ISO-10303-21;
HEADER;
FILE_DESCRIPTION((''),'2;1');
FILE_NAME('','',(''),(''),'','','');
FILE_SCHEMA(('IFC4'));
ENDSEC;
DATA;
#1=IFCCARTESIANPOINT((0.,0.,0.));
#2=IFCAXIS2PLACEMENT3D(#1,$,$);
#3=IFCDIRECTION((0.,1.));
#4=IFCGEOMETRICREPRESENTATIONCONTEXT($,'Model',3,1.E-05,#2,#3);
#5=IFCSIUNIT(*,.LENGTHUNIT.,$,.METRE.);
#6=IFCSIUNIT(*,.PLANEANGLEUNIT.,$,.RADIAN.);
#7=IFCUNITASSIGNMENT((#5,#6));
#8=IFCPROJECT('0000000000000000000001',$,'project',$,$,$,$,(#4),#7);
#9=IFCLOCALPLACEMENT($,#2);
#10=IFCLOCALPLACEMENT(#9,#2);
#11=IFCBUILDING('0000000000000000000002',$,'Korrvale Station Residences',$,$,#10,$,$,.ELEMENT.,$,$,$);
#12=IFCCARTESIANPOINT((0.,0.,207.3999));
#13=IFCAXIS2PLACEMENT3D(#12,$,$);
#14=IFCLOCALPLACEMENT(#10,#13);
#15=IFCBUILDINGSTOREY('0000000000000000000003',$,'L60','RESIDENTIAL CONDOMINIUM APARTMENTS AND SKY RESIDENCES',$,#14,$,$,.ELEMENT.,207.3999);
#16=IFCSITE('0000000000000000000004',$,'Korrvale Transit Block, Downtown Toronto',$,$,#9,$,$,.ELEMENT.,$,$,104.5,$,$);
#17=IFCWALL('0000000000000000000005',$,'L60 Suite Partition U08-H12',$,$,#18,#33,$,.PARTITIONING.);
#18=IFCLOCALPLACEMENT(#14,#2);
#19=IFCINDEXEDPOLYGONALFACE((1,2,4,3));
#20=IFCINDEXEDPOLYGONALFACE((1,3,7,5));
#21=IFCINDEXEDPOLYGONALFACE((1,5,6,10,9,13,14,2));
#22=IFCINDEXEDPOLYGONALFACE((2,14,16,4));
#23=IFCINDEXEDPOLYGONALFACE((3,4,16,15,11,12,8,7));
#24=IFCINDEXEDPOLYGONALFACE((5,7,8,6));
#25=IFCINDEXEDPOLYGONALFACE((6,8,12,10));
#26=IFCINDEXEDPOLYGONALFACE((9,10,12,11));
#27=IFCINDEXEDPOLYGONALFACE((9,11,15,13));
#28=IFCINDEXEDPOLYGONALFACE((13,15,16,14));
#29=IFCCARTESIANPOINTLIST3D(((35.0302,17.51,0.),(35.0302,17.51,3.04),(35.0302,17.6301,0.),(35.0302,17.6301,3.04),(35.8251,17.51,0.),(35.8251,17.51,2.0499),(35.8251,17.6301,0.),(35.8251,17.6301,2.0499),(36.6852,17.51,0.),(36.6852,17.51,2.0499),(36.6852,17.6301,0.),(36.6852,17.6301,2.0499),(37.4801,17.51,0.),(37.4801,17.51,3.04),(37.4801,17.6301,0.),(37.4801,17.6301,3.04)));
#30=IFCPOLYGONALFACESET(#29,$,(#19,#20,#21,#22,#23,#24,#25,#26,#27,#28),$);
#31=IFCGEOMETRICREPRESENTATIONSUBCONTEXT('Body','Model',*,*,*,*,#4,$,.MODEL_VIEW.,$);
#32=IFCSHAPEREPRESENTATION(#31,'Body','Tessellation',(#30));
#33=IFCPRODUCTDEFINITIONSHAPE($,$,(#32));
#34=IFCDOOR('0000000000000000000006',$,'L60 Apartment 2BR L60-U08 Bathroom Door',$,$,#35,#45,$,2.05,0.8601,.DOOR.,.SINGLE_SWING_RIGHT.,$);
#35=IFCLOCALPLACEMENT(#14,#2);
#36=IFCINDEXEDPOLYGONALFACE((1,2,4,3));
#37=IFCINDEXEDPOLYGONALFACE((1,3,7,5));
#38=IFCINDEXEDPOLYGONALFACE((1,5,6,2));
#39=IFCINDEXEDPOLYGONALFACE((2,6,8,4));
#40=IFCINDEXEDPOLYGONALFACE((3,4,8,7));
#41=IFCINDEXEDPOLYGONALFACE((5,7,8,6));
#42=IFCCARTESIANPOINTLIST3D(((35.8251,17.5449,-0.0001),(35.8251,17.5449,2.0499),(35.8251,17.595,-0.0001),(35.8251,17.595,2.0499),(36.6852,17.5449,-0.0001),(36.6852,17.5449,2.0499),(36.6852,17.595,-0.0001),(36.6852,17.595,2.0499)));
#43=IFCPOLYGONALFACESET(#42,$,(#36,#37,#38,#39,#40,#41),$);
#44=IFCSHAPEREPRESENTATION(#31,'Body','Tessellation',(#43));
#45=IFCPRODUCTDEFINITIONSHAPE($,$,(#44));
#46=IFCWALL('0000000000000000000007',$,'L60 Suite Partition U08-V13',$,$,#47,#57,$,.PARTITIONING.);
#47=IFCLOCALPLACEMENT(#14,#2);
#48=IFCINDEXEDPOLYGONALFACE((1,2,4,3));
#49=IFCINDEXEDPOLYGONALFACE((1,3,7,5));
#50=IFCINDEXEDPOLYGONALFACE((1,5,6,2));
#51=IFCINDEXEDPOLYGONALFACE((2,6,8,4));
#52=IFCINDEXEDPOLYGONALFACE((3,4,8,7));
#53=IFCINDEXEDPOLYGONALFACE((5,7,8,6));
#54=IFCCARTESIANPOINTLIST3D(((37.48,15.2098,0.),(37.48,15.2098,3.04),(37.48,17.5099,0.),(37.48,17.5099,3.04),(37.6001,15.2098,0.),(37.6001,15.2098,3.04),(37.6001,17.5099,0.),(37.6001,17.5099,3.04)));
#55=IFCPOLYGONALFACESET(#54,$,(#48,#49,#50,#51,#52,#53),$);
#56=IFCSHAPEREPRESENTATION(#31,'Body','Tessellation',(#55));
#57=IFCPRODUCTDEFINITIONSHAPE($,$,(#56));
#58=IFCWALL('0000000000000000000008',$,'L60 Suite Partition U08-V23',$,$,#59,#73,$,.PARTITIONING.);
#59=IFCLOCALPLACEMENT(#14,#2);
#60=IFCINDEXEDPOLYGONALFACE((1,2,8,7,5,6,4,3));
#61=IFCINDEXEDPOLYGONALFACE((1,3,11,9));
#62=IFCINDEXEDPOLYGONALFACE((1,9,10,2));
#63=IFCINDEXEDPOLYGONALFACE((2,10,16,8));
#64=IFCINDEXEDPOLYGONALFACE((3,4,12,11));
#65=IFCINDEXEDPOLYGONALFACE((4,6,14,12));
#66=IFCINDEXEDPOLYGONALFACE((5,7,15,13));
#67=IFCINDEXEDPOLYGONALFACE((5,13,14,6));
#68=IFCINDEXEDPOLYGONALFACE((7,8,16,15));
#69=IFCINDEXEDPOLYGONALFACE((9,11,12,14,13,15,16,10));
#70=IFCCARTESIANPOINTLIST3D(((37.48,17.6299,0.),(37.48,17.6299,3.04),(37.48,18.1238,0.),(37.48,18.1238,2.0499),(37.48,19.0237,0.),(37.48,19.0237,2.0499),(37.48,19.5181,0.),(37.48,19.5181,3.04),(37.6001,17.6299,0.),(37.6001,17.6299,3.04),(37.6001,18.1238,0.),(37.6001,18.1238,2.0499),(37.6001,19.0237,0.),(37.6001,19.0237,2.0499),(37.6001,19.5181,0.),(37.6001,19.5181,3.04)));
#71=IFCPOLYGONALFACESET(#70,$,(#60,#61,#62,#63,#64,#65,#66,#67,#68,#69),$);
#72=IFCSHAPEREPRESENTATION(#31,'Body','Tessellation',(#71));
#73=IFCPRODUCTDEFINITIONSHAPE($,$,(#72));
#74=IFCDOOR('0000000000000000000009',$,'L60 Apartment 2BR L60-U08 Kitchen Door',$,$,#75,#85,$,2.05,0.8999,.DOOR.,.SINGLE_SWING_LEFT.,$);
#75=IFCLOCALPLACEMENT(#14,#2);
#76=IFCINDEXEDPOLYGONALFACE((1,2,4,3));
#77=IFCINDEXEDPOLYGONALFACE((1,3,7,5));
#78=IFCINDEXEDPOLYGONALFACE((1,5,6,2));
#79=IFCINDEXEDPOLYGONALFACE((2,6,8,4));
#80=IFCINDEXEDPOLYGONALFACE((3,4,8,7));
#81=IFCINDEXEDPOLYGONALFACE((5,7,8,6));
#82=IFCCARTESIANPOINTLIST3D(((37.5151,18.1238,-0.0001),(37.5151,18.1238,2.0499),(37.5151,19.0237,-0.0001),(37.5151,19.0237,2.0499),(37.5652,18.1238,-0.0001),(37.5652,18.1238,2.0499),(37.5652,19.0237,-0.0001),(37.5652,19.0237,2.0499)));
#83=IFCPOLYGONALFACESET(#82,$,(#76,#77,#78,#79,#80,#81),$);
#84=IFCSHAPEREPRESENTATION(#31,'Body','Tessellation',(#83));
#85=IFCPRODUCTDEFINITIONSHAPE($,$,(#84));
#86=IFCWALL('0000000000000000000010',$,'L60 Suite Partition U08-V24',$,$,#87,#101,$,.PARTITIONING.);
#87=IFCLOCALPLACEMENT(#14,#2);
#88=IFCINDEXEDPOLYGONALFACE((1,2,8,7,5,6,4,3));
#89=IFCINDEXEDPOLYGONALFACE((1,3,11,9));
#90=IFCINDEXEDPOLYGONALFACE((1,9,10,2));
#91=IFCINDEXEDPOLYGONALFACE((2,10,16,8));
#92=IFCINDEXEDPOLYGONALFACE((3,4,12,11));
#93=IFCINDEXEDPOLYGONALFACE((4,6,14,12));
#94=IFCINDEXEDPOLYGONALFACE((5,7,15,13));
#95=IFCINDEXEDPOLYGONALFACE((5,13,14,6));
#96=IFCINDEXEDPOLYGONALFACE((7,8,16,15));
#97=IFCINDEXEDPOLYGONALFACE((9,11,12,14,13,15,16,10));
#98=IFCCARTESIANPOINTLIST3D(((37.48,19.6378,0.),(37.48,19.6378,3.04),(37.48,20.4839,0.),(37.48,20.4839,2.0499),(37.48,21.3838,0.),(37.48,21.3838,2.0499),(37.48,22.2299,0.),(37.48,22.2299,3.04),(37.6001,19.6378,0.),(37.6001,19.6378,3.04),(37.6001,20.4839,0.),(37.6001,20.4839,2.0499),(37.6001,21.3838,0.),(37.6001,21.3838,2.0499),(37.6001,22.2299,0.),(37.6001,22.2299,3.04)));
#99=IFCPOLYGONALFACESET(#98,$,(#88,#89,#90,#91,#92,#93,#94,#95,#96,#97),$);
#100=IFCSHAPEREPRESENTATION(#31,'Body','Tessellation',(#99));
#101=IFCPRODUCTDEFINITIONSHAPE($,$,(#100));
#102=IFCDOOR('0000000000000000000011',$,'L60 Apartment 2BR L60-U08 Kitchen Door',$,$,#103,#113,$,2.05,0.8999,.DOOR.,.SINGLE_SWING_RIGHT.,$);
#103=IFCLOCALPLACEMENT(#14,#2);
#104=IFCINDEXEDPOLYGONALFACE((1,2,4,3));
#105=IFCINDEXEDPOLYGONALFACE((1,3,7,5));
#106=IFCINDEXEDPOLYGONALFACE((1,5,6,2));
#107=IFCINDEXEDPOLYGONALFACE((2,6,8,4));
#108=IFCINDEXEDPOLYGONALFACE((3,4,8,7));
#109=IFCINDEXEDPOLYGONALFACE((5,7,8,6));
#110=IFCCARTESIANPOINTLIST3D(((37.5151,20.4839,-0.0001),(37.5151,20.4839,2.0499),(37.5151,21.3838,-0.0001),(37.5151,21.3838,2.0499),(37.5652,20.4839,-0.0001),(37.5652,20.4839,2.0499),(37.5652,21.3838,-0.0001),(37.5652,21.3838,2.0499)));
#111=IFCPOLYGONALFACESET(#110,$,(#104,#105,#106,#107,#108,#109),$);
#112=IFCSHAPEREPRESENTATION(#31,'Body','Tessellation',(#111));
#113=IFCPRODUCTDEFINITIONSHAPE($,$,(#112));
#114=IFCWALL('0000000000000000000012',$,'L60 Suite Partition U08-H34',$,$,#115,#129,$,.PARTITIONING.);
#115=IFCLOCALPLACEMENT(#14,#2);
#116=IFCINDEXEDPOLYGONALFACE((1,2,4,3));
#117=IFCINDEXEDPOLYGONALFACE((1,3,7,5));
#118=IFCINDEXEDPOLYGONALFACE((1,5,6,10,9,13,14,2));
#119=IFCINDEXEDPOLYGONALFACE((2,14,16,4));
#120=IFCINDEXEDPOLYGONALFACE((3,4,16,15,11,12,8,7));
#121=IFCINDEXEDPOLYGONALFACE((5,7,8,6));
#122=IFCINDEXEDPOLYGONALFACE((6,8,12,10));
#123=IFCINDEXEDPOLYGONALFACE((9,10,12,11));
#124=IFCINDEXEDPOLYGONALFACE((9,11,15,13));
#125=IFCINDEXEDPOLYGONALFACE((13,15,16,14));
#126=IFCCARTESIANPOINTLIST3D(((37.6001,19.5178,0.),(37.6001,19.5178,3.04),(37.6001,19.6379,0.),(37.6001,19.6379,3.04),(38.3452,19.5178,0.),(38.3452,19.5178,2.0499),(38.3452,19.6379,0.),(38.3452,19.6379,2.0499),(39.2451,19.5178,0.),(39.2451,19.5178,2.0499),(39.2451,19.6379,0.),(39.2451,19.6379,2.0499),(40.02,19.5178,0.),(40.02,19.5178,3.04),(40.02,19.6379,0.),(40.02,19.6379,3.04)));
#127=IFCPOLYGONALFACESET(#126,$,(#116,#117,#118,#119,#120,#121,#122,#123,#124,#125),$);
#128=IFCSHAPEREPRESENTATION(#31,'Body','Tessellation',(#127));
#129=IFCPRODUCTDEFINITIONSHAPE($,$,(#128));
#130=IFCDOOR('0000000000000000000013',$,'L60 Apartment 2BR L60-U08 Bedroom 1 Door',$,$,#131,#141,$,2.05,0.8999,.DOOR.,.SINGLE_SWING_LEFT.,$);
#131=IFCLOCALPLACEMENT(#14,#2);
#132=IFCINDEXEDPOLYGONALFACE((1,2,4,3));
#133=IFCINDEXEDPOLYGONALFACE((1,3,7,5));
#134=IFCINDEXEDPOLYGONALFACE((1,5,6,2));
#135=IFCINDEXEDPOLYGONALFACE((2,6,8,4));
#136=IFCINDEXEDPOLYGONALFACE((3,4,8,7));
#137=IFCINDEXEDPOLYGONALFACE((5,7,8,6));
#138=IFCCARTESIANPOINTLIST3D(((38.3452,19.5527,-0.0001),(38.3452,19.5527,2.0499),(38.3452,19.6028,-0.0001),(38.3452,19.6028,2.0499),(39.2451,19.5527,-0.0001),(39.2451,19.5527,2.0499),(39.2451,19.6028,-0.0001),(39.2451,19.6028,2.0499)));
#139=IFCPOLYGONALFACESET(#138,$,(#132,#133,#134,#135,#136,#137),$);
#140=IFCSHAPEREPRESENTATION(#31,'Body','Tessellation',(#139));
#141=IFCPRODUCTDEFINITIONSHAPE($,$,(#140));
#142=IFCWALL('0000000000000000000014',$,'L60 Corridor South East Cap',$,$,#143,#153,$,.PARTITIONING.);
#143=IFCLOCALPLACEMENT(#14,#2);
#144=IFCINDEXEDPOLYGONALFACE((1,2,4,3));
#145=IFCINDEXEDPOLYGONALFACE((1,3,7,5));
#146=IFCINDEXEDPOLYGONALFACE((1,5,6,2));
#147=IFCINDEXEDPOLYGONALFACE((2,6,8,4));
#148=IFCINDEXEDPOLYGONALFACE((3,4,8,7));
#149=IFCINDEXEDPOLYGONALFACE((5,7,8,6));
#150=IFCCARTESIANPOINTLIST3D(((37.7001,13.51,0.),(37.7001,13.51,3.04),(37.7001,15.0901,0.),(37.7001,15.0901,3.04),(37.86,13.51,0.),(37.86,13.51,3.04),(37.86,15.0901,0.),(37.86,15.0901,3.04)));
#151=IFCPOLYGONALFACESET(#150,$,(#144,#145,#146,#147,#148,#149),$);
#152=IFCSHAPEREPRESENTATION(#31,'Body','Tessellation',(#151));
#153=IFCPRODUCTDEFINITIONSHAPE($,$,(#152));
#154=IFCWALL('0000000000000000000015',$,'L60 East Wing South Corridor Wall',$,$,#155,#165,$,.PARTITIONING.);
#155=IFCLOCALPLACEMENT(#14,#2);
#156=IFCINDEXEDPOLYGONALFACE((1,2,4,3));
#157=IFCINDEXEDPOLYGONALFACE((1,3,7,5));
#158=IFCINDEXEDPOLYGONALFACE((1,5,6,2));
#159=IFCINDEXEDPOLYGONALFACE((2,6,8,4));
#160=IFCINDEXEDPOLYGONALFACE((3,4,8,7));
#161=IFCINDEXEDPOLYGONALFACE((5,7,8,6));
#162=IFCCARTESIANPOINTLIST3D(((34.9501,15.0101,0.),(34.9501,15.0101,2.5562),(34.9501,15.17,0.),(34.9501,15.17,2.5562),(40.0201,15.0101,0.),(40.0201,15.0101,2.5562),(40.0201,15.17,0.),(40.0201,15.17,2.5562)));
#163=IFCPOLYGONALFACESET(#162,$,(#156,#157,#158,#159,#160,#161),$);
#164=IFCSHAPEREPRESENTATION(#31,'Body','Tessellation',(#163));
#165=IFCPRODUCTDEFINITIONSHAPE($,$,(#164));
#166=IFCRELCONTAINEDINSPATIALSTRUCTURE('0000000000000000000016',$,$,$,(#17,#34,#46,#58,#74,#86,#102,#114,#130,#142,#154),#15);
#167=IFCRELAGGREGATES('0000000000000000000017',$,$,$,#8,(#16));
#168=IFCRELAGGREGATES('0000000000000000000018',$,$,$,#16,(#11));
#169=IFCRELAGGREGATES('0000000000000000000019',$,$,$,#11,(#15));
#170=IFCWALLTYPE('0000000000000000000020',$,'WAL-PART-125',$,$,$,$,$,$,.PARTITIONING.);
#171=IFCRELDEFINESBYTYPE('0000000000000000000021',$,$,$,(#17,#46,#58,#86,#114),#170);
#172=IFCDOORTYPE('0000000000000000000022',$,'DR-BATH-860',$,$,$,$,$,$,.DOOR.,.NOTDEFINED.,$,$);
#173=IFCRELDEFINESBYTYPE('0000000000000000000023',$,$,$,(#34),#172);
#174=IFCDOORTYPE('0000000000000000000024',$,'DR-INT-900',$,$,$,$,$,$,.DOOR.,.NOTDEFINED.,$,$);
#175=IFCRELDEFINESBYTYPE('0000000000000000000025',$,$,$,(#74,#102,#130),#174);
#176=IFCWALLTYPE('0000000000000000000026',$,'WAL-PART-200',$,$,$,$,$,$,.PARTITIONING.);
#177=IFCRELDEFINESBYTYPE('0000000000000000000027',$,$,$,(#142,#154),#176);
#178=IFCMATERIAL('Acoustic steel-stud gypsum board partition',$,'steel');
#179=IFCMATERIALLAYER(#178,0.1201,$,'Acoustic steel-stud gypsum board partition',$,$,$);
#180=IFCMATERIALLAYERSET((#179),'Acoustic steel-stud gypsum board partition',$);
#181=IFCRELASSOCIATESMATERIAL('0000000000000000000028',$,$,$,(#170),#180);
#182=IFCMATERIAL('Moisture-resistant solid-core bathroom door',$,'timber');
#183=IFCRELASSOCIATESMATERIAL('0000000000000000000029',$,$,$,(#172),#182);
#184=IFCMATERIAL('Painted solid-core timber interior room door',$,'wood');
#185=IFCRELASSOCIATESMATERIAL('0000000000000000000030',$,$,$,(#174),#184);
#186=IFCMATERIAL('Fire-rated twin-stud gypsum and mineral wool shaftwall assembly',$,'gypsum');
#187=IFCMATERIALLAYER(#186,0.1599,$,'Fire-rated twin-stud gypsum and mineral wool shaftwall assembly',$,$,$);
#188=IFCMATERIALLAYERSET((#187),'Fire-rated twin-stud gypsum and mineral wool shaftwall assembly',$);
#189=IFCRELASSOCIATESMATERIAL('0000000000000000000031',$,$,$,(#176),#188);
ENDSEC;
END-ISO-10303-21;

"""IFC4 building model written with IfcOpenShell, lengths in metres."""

from ifc_helpers import new_model, si_unit, direction, frame, frame_2d, origin, place, context, subcontext, project, spatial, rectangle, extrude, material, layer, layer_set, type_object, element, fill, save


model = new_model("IFC4")

# Units and contexts
model_context = context("Model", 3, precision=1e-05, world=origin(), true_north=direction((0.0, 1.0)))
body_context = subcontext(model_context, "Body", "Model", "MODEL_VIEW")
ifc_project = project(units=[si_unit("LENGTHUNIT", "METRE"), si_unit("PLANEANGLEUNIT", "RADIAN")], contexts=[model_context])

# Site, building, storey
site_placement = place(None, origin())
site = spatial("IfcSite", under=ifc_project, at=site_placement, Name="Korrvale Transit Block, Downtown Toronto", CompositionType="ELEMENT", RefElevation=104.5)
building_placement = place(site_placement, origin())
building = spatial("IfcBuilding", under=site, at=building_placement, Name="Korrvale Station Residences", CompositionType="ELEMENT")
storey_placement = place(building_placement, frame((0.0, 0.0, 207.3999)))
storey = spatial("IfcBuildingStorey", under=building, at=storey_placement, Name="L60", Description="RESIDENTIAL CONDOMINIUM APARTMENTS AND SKY RESIDENCES", CompositionType="ELEMENT", Elevation=207.3999)

# Wall, opening, door
ifc_material_1 = material(Name="Acoustic steel-stud gypsum board partition", Category="steel")
ifc_layer_1 = layer(ifc_material_1, 0.1201, Name="Acoustic steel-stud gypsum board partition")
ifc_layer_set_1 = layer_set([ifc_layer_1], Name="Acoustic steel-stud gypsum board partition")
wall_type_1 = type_object("IfcWallType", Name="WAL-PART-125", PredefinedType="PARTITIONING", material=ifc_layer_set_1)
wall_1_placement = place(storey_placement, frame((35.03, 17.5701, 0.0), z_axis=(0.0, 0.0, 1.0), x_axis=(1.0, 0.0, 0.0)))
wall_1 = element("IfcWall", 1, at=wall_1_placement, inside=storey, type_object=wall_type_1, Name="L60 Suite Partition U08-H12", PredefinedType="PARTITIONING", context=body_context, shape_type="SweptSolid", body=[
    extrude(rectangle(XDim=2.45, YDim=0.1201, at=frame_2d((1.2251, 0.0))), origin(), (0.0, 0.0, 1.0), 3.04),
])
opening_1_placement = place(wall_1_placement, frame((0.7949, 0.0, 0.0)))
opening_1 = element("IfcOpeningElement", 2, at=opening_1_placement, cuts=wall_1, PredefinedType="OPENING", context=body_context, shape_type="SweptSolid", body=[
    extrude(rectangle(XDim=0.8601, YDim=2.05, at=frame_2d((0.4302, 1.0249))), frame((0.0, 0.0701, 0.0), z_axis=(0.0, -1.0, 0.0), x_axis=(1.0, 0.0, 0.0)), (0.0, 0.0, 1.0), 0.1401),
])
ifc_material_2 = material(Name="Moisture-resistant solid-core bathroom door", Category="timber")
door_type_1 = type_object("IfcDoorType", Name="DR-BATH-860", OperationType="NOTDEFINED", PredefinedType="DOOR", material=ifc_material_2)
door_1_placement = place(opening_1_placement, origin())
door_1 = element("IfcDoor", 3, at=door_1_placement, inside=storey, type_object=door_type_1, Name="L60 Apartment 2BR L60-U08 Bathroom Door", OperationType="SINGLE_SWING_RIGHT", OverallHeight=2.05, OverallWidth=0.8601, PredefinedType="DOOR", context=body_context, shape_type="SweptSolid", body=[
    extrude(rectangle(XDim=0.8601, YDim=2.05, at=frame_2d((0.4302, 1.0249))), frame((0.0, 0.0249, 0.0), z_axis=(0.0, -1.0, 0.0), x_axis=(1.0, 0.0, 0.0)), (0.0, 0.0, 1.0), 0.05),
])
fill(opening_1, door_1)

# Wall
wall_2_placement = place(storey_placement, frame((37.54, 15.21, 0.0), z_axis=(0.0, 0.0, 1.0), x_axis=(0.0, 1.0, 0.0)))
element("IfcWall", 4, at=wall_2_placement, inside=storey, type_object=wall_type_1, Name="L60 Suite Partition U08-V13", PredefinedType="PARTITIONING", context=body_context, shape_type="SweptSolid", body=[
    extrude(rectangle(XDim=2.3, YDim=0.1201, at=frame_2d((1.1499, 0.0))), origin(), (0.0, 0.0, 1.0), 3.04),
])

# Walls, openings, doors
wall_3_placement = place(storey_placement, frame((37.54, 17.6299, 0.0), z_axis=(0.0, 0.0, 1.0), x_axis=(0.0, 1.0, 0.0)))
wall_3 = element("IfcWall", 5, at=wall_3_placement, inside=storey, type_object=wall_type_1, Name="L60 Suite Partition U08-V23", PredefinedType="PARTITIONING", context=body_context, shape_type="SweptSolid", body=[
    extrude(rectangle(XDim=1.8882, YDim=0.1201, at=frame_2d((0.9441, 0.0))), origin(), (0.0, 0.0, 1.0), 3.04),
])
opening_2_placement = place(wall_3_placement, frame((0.4939, 0.0, 0.0)))
opening_2 = element("IfcOpeningElement", 6, at=opening_2_placement, cuts=wall_3, PredefinedType="OPENING", context=body_context, shape_type="SweptSolid", body=[
    extrude(rectangle(XDim=0.8999, YDim=2.05, at=frame_2d((0.45, 1.0249))), frame((0.0, 0.0701, 0.0), z_axis=(0.0, -1.0, 0.0), x_axis=(1.0, 0.0, 0.0)), (0.0, 0.0, 1.0), 0.1401),
])
ifc_material_3 = material(Name="Painted solid-core timber interior room door", Category="wood")
door_type_2 = type_object("IfcDoorType", Name="DR-INT-900", OperationType="NOTDEFINED", PredefinedType="DOOR", material=ifc_material_3)
door_2_placement = place(opening_2_placement, origin())
door_2 = element("IfcDoor", 7, at=door_2_placement, inside=storey, type_object=door_type_2, Name="L60 Apartment 2BR L60-U08 Kitchen Door", OperationType="SINGLE_SWING_LEFT", OverallHeight=2.05, OverallWidth=0.8999, PredefinedType="DOOR", context=body_context, shape_type="SweptSolid", body=[
    extrude(rectangle(XDim=0.8999, YDim=2.05, at=frame_2d((0.45, 1.0249))), frame((0.0, 0.0249, 0.0), z_axis=(0.0, -1.0, 0.0), x_axis=(1.0, 0.0, 0.0)), (0.0, 0.0, 1.0), 0.05),
])
fill(opening_2, door_2)
wall_4_placement = place(storey_placement, frame((37.54, 19.6379, 0.0), z_axis=(0.0, 0.0, 1.0), x_axis=(0.0, 1.0, 0.0)))
wall_4 = element("IfcWall", 8, at=wall_4_placement, inside=storey, type_object=wall_type_1, Name="L60 Suite Partition U08-V24", PredefinedType="PARTITIONING", context=body_context, shape_type="SweptSolid", body=[
    extrude(rectangle(XDim=2.592, YDim=0.1201, at=frame_2d((1.2959, 0.0))), origin(), (0.0, 0.0, 1.0), 3.04),
])
opening_3_placement = place(wall_4_placement, frame((0.8459, 0.0, 0.0)))
opening_3 = element("IfcOpeningElement", 9, at=opening_3_placement, cuts=wall_4, PredefinedType="OPENING", context=body_context, shape_type="SweptSolid", body=[
    extrude(rectangle(XDim=0.8999, YDim=2.05, at=frame_2d((0.45, 1.0249))), frame((0.0, 0.0701, 0.0), z_axis=(0.0, -1.0, 0.0), x_axis=(1.0, 0.0, 0.0)), (0.0, 0.0, 1.0), 0.1401),
])
door_3_placement = place(opening_3_placement, origin())
door_3 = element("IfcDoor", 10, at=door_3_placement, inside=storey, type_object=door_type_2, Name="L60 Apartment 2BR L60-U08 Kitchen Door", OperationType="SINGLE_SWING_RIGHT", OverallHeight=2.05, OverallWidth=0.8999, PredefinedType="DOOR", context=body_context, shape_type="SweptSolid", body=[
    extrude(rectangle(XDim=0.8999, YDim=2.05, at=frame_2d((0.45, 1.0249))), frame((0.0, 0.0249, 0.0), z_axis=(0.0, -1.0, 0.0), x_axis=(1.0, 0.0, 0.0)), (0.0, 0.0, 1.0), 0.05),
])
fill(opening_3, door_3)
wall_5_placement = place(storey_placement, frame((37.6001, 19.5779, 0.0), z_axis=(0.0, 0.0, 1.0), x_axis=(1.0, 0.0, 0.0)))
wall_5 = element("IfcWall", 11, at=wall_5_placement, inside=storey, type_object=wall_type_1, Name="L60 Suite Partition U08-H34", PredefinedType="PARTITIONING", context=body_context, shape_type="SweptSolid", body=[
    extrude(rectangle(XDim=2.4199, YDim=0.1201, at=frame_2d((1.21, 0.0))), origin(), (0.0, 0.0, 1.0), 3.04),
])
opening_4_placement = place(wall_5_placement, frame((0.7451, 0.0, 0.0)))
opening_4 = element("IfcOpeningElement", 12, at=opening_4_placement, cuts=wall_5, PredefinedType="OPENING", context=body_context, shape_type="SweptSolid", body=[
    extrude(rectangle(XDim=0.8999, YDim=2.05, at=frame_2d((0.45, 1.0249))), frame((0.0, 0.0701, 0.0), z_axis=(0.0, -1.0, 0.0), x_axis=(1.0, 0.0, 0.0)), (0.0, 0.0, 1.0), 0.1401),
])
door_4_placement = place(opening_4_placement, origin())
door_4 = element("IfcDoor", 13, at=door_4_placement, inside=storey, type_object=door_type_2, Name="L60 Apartment 2BR L60-U08 Bedroom 1 Door", OperationType="SINGLE_SWING_LEFT", OverallHeight=2.05, OverallWidth=0.8999, PredefinedType="DOOR", context=body_context, shape_type="SweptSolid", body=[
    extrude(rectangle(XDim=0.8999, YDim=2.05, at=frame_2d((0.45, 1.0249))), frame((0.0, 0.0249, 0.0), z_axis=(0.0, -1.0, 0.0), x_axis=(1.0, 0.0, 0.0)), (0.0, 0.0, 1.0), 0.05),
])
fill(opening_4, door_4)

# Walls
ifc_material_4 = material(Name="Fire-rated twin-stud gypsum and mineral wool shaftwall assembly", Category="gypsum")
ifc_layer_2 = layer(ifc_material_4, 0.1599, Name="Fire-rated twin-stud gypsum and mineral wool shaftwall assembly")
ifc_layer_set_2 = layer_set([ifc_layer_2], Name="Fire-rated twin-stud gypsum and mineral wool shaftwall assembly")
wall_type_2 = type_object("IfcWallType", Name="WAL-PART-200", PredefinedType="PARTITIONING", material=ifc_layer_set_2)
wall_6_placement = place(storey_placement, frame((37.78, 13.51, 0.0), z_axis=(0.0, 0.0, 1.0), x_axis=(0.0, 1.0, 0.0)))
element("IfcWall", 14, at=wall_6_placement, inside=storey, type_object=wall_type_2, Name="L60 Corridor South East Cap", PredefinedType="PARTITIONING", context=body_context, shape_type="SweptSolid", body=[
    extrude(rectangle(XDim=1.5801, YDim=0.1599, at=frame_2d((0.79, 0.0))), origin(), (0.0, 0.0, 1.0), 3.04),
])
wall_7_placement = place(storey_placement, frame((34.95, 15.0901, 0.0), z_axis=(0.0, 0.0, 1.0), x_axis=(1.0, 0.0, 0.0)))
element("IfcWall", 15, at=wall_7_placement, inside=storey, type_object=wall_type_2, Name="L60 East Wing South Corridor Wall", PredefinedType="PARTITIONING", context=body_context, shape_type="SweptSolid", body=[
    extrude(rectangle(XDim=5.0701, YDim=0.1599, at=frame_2d((2.5352, 0.0))), origin(), (0.0, 0.0, 1.0), 2.5562),
])

save(model, "model.ifc")
